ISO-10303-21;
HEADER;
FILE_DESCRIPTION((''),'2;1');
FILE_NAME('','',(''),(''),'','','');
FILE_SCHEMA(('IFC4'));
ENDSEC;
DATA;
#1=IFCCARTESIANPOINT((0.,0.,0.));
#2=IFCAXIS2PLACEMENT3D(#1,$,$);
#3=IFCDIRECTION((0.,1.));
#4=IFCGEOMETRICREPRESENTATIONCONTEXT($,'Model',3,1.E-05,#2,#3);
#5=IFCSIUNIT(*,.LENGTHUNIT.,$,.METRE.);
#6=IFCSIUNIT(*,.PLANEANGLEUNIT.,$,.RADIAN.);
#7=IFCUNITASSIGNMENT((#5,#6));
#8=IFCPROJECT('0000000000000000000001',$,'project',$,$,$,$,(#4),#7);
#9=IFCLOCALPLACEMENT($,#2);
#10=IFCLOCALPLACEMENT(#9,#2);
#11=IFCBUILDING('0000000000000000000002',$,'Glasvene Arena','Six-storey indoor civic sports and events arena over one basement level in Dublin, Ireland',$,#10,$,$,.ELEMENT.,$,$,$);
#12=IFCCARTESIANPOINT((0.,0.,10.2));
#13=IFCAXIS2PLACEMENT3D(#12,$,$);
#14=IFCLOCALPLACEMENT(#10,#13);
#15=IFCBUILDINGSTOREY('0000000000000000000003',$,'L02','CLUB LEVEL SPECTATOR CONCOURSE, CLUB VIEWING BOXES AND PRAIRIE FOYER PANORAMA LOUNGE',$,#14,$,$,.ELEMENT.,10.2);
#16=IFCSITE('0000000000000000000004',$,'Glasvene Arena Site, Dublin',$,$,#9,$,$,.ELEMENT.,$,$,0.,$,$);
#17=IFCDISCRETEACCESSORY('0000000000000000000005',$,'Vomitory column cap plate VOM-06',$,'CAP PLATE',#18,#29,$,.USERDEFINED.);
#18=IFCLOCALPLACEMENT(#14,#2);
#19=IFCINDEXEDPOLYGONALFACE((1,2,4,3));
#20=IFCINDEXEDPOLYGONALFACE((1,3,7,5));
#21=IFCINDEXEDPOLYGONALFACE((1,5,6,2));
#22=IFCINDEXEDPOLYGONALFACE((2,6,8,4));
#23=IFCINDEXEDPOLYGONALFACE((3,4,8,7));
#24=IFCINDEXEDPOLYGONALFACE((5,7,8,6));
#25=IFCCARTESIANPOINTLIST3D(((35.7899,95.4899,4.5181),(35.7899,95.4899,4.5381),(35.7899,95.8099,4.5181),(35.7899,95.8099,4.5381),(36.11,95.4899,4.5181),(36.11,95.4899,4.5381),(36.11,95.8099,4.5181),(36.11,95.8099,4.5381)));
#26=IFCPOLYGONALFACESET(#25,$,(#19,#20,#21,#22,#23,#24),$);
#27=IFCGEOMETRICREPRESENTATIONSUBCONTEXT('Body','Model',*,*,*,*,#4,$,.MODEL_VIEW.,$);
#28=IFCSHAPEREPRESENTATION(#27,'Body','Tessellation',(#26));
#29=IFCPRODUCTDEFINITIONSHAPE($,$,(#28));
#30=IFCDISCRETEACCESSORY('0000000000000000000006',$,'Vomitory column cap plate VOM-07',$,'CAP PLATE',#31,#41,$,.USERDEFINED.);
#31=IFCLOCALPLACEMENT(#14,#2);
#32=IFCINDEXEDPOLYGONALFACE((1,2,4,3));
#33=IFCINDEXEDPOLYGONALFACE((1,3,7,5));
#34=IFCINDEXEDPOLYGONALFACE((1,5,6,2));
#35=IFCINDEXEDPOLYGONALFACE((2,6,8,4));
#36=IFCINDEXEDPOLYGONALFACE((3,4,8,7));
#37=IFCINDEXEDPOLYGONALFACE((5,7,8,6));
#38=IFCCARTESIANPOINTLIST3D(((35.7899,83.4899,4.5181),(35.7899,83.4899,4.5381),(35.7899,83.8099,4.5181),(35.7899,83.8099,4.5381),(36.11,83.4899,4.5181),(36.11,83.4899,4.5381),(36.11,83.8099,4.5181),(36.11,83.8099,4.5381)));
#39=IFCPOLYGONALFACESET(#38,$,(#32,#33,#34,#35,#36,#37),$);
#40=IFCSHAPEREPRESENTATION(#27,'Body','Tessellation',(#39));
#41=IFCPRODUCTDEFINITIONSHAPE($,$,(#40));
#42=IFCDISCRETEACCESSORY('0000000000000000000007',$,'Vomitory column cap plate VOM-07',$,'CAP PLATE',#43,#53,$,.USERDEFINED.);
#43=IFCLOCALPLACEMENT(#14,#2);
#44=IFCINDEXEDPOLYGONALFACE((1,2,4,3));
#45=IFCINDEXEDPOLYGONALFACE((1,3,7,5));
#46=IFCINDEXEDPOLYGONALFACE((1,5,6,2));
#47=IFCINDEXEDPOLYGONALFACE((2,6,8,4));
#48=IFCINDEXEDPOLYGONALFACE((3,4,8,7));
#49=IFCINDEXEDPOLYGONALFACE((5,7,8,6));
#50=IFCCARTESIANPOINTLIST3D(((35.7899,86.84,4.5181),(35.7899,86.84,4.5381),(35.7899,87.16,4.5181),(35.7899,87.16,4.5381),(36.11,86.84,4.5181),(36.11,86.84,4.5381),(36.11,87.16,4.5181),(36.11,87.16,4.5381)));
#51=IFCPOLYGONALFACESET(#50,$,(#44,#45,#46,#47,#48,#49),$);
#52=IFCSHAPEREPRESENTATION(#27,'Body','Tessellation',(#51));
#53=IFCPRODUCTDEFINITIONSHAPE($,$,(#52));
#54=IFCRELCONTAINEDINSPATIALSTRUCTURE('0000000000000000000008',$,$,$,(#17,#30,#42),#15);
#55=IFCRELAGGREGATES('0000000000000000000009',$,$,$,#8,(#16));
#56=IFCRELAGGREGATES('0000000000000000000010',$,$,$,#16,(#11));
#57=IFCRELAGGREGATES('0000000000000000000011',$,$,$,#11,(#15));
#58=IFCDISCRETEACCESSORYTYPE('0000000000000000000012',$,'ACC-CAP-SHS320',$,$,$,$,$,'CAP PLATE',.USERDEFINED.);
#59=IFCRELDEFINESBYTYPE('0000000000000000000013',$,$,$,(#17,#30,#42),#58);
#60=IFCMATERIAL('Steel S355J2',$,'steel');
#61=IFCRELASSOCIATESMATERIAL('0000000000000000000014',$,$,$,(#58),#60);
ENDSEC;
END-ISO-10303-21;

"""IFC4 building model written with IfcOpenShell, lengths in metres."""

from ifc_helpers import new_model, si_unit, direction, frame, origin, origin_2d, place, context, subcontext, project, spatial, rectangle, extrude, material, type_object, element, save


model = new_model("IFC4")

# Units and contexts
model_context = context("Model", 3, precision=1e-05, world=origin(), true_north=direction((0.0, 1.0)))
body_context = subcontext(model_context, "Body", "Model", "MODEL_VIEW")
ifc_project = project(units=[si_unit("LENGTHUNIT", "METRE"), si_unit("PLANEANGLEUNIT", "RADIAN")], contexts=[model_context])

# Site, building, storey
site_placement = place(None, origin())
site = spatial("IfcSite", under=ifc_project, at=site_placement, Name="Glasvene Arena Site, Dublin", CompositionType="ELEMENT", RefElevation=0.0)
building_placement = place(site_placement, origin())
building = spatial("IfcBuilding", under=site, at=building_placement, Name="Glasvene Arena", Description="Six-storey indoor civic sports and events arena over one basement level in Dublin, Ireland", CompositionType="ELEMENT")
storey_placement = place(building_placement, frame((0.0, 0.0, 10.2)))
storey = spatial("IfcBuildingStorey", under=building, at=storey_placement, Name="L02", Description="CLUB LEVEL SPECTATOR CONCOURSE, CLUB VIEWING BOXES AND PRAIRIE FOYER PANORAMA LOUNGE", CompositionType="ELEMENT", Elevation=10.2)

# Shared definitions
ifc_material_1 = material(Name="Steel S355J2", Category="steel")

# Discrete accessories
discrete_accessory_type = type_object("IfcDiscreteAccessoryType", Name="ACC-CAP-SHS320", ElementType="CAP PLATE", PredefinedType="USERDEFINED", material=ifc_material_1)
for number, where, z_axis, x_axis, name in (
    (1, (35.95, 95.6499, 4.5181), (0.0, 0.0, 1.0), (1.0, 0.0, 0.0), "Vomitory column cap plate VOM-06"),
    (2, (35.95, 83.6499, 4.5181), (0.0, 0.0, 1.0), (1.0, 0.0, 0.0), "Vomitory column cap plate VOM-07"),
    (3, (35.95, 87.0, 4.5181), (0.0, 0.0, 1.0), (1.0, 0.0, 0.0), "Vomitory column cap plate VOM-07"),
):
    element("IfcDiscreteAccessory", number, at=place(storey_placement, frame(where, z_axis=z_axis, x_axis=x_axis)), inside=storey, type_object=discrete_accessory_type, Name=name, ObjectType="CAP PLATE", PredefinedType="USERDEFINED", context=body_context, shape_type="SweptSolid", body=[
        extrude(rectangle(XDim=0.3201, YDim=0.3201, at=origin_2d()), origin(), (0.0, 0.0, 1.0), 0.02),
    ])

save(model, "model.ifc")
